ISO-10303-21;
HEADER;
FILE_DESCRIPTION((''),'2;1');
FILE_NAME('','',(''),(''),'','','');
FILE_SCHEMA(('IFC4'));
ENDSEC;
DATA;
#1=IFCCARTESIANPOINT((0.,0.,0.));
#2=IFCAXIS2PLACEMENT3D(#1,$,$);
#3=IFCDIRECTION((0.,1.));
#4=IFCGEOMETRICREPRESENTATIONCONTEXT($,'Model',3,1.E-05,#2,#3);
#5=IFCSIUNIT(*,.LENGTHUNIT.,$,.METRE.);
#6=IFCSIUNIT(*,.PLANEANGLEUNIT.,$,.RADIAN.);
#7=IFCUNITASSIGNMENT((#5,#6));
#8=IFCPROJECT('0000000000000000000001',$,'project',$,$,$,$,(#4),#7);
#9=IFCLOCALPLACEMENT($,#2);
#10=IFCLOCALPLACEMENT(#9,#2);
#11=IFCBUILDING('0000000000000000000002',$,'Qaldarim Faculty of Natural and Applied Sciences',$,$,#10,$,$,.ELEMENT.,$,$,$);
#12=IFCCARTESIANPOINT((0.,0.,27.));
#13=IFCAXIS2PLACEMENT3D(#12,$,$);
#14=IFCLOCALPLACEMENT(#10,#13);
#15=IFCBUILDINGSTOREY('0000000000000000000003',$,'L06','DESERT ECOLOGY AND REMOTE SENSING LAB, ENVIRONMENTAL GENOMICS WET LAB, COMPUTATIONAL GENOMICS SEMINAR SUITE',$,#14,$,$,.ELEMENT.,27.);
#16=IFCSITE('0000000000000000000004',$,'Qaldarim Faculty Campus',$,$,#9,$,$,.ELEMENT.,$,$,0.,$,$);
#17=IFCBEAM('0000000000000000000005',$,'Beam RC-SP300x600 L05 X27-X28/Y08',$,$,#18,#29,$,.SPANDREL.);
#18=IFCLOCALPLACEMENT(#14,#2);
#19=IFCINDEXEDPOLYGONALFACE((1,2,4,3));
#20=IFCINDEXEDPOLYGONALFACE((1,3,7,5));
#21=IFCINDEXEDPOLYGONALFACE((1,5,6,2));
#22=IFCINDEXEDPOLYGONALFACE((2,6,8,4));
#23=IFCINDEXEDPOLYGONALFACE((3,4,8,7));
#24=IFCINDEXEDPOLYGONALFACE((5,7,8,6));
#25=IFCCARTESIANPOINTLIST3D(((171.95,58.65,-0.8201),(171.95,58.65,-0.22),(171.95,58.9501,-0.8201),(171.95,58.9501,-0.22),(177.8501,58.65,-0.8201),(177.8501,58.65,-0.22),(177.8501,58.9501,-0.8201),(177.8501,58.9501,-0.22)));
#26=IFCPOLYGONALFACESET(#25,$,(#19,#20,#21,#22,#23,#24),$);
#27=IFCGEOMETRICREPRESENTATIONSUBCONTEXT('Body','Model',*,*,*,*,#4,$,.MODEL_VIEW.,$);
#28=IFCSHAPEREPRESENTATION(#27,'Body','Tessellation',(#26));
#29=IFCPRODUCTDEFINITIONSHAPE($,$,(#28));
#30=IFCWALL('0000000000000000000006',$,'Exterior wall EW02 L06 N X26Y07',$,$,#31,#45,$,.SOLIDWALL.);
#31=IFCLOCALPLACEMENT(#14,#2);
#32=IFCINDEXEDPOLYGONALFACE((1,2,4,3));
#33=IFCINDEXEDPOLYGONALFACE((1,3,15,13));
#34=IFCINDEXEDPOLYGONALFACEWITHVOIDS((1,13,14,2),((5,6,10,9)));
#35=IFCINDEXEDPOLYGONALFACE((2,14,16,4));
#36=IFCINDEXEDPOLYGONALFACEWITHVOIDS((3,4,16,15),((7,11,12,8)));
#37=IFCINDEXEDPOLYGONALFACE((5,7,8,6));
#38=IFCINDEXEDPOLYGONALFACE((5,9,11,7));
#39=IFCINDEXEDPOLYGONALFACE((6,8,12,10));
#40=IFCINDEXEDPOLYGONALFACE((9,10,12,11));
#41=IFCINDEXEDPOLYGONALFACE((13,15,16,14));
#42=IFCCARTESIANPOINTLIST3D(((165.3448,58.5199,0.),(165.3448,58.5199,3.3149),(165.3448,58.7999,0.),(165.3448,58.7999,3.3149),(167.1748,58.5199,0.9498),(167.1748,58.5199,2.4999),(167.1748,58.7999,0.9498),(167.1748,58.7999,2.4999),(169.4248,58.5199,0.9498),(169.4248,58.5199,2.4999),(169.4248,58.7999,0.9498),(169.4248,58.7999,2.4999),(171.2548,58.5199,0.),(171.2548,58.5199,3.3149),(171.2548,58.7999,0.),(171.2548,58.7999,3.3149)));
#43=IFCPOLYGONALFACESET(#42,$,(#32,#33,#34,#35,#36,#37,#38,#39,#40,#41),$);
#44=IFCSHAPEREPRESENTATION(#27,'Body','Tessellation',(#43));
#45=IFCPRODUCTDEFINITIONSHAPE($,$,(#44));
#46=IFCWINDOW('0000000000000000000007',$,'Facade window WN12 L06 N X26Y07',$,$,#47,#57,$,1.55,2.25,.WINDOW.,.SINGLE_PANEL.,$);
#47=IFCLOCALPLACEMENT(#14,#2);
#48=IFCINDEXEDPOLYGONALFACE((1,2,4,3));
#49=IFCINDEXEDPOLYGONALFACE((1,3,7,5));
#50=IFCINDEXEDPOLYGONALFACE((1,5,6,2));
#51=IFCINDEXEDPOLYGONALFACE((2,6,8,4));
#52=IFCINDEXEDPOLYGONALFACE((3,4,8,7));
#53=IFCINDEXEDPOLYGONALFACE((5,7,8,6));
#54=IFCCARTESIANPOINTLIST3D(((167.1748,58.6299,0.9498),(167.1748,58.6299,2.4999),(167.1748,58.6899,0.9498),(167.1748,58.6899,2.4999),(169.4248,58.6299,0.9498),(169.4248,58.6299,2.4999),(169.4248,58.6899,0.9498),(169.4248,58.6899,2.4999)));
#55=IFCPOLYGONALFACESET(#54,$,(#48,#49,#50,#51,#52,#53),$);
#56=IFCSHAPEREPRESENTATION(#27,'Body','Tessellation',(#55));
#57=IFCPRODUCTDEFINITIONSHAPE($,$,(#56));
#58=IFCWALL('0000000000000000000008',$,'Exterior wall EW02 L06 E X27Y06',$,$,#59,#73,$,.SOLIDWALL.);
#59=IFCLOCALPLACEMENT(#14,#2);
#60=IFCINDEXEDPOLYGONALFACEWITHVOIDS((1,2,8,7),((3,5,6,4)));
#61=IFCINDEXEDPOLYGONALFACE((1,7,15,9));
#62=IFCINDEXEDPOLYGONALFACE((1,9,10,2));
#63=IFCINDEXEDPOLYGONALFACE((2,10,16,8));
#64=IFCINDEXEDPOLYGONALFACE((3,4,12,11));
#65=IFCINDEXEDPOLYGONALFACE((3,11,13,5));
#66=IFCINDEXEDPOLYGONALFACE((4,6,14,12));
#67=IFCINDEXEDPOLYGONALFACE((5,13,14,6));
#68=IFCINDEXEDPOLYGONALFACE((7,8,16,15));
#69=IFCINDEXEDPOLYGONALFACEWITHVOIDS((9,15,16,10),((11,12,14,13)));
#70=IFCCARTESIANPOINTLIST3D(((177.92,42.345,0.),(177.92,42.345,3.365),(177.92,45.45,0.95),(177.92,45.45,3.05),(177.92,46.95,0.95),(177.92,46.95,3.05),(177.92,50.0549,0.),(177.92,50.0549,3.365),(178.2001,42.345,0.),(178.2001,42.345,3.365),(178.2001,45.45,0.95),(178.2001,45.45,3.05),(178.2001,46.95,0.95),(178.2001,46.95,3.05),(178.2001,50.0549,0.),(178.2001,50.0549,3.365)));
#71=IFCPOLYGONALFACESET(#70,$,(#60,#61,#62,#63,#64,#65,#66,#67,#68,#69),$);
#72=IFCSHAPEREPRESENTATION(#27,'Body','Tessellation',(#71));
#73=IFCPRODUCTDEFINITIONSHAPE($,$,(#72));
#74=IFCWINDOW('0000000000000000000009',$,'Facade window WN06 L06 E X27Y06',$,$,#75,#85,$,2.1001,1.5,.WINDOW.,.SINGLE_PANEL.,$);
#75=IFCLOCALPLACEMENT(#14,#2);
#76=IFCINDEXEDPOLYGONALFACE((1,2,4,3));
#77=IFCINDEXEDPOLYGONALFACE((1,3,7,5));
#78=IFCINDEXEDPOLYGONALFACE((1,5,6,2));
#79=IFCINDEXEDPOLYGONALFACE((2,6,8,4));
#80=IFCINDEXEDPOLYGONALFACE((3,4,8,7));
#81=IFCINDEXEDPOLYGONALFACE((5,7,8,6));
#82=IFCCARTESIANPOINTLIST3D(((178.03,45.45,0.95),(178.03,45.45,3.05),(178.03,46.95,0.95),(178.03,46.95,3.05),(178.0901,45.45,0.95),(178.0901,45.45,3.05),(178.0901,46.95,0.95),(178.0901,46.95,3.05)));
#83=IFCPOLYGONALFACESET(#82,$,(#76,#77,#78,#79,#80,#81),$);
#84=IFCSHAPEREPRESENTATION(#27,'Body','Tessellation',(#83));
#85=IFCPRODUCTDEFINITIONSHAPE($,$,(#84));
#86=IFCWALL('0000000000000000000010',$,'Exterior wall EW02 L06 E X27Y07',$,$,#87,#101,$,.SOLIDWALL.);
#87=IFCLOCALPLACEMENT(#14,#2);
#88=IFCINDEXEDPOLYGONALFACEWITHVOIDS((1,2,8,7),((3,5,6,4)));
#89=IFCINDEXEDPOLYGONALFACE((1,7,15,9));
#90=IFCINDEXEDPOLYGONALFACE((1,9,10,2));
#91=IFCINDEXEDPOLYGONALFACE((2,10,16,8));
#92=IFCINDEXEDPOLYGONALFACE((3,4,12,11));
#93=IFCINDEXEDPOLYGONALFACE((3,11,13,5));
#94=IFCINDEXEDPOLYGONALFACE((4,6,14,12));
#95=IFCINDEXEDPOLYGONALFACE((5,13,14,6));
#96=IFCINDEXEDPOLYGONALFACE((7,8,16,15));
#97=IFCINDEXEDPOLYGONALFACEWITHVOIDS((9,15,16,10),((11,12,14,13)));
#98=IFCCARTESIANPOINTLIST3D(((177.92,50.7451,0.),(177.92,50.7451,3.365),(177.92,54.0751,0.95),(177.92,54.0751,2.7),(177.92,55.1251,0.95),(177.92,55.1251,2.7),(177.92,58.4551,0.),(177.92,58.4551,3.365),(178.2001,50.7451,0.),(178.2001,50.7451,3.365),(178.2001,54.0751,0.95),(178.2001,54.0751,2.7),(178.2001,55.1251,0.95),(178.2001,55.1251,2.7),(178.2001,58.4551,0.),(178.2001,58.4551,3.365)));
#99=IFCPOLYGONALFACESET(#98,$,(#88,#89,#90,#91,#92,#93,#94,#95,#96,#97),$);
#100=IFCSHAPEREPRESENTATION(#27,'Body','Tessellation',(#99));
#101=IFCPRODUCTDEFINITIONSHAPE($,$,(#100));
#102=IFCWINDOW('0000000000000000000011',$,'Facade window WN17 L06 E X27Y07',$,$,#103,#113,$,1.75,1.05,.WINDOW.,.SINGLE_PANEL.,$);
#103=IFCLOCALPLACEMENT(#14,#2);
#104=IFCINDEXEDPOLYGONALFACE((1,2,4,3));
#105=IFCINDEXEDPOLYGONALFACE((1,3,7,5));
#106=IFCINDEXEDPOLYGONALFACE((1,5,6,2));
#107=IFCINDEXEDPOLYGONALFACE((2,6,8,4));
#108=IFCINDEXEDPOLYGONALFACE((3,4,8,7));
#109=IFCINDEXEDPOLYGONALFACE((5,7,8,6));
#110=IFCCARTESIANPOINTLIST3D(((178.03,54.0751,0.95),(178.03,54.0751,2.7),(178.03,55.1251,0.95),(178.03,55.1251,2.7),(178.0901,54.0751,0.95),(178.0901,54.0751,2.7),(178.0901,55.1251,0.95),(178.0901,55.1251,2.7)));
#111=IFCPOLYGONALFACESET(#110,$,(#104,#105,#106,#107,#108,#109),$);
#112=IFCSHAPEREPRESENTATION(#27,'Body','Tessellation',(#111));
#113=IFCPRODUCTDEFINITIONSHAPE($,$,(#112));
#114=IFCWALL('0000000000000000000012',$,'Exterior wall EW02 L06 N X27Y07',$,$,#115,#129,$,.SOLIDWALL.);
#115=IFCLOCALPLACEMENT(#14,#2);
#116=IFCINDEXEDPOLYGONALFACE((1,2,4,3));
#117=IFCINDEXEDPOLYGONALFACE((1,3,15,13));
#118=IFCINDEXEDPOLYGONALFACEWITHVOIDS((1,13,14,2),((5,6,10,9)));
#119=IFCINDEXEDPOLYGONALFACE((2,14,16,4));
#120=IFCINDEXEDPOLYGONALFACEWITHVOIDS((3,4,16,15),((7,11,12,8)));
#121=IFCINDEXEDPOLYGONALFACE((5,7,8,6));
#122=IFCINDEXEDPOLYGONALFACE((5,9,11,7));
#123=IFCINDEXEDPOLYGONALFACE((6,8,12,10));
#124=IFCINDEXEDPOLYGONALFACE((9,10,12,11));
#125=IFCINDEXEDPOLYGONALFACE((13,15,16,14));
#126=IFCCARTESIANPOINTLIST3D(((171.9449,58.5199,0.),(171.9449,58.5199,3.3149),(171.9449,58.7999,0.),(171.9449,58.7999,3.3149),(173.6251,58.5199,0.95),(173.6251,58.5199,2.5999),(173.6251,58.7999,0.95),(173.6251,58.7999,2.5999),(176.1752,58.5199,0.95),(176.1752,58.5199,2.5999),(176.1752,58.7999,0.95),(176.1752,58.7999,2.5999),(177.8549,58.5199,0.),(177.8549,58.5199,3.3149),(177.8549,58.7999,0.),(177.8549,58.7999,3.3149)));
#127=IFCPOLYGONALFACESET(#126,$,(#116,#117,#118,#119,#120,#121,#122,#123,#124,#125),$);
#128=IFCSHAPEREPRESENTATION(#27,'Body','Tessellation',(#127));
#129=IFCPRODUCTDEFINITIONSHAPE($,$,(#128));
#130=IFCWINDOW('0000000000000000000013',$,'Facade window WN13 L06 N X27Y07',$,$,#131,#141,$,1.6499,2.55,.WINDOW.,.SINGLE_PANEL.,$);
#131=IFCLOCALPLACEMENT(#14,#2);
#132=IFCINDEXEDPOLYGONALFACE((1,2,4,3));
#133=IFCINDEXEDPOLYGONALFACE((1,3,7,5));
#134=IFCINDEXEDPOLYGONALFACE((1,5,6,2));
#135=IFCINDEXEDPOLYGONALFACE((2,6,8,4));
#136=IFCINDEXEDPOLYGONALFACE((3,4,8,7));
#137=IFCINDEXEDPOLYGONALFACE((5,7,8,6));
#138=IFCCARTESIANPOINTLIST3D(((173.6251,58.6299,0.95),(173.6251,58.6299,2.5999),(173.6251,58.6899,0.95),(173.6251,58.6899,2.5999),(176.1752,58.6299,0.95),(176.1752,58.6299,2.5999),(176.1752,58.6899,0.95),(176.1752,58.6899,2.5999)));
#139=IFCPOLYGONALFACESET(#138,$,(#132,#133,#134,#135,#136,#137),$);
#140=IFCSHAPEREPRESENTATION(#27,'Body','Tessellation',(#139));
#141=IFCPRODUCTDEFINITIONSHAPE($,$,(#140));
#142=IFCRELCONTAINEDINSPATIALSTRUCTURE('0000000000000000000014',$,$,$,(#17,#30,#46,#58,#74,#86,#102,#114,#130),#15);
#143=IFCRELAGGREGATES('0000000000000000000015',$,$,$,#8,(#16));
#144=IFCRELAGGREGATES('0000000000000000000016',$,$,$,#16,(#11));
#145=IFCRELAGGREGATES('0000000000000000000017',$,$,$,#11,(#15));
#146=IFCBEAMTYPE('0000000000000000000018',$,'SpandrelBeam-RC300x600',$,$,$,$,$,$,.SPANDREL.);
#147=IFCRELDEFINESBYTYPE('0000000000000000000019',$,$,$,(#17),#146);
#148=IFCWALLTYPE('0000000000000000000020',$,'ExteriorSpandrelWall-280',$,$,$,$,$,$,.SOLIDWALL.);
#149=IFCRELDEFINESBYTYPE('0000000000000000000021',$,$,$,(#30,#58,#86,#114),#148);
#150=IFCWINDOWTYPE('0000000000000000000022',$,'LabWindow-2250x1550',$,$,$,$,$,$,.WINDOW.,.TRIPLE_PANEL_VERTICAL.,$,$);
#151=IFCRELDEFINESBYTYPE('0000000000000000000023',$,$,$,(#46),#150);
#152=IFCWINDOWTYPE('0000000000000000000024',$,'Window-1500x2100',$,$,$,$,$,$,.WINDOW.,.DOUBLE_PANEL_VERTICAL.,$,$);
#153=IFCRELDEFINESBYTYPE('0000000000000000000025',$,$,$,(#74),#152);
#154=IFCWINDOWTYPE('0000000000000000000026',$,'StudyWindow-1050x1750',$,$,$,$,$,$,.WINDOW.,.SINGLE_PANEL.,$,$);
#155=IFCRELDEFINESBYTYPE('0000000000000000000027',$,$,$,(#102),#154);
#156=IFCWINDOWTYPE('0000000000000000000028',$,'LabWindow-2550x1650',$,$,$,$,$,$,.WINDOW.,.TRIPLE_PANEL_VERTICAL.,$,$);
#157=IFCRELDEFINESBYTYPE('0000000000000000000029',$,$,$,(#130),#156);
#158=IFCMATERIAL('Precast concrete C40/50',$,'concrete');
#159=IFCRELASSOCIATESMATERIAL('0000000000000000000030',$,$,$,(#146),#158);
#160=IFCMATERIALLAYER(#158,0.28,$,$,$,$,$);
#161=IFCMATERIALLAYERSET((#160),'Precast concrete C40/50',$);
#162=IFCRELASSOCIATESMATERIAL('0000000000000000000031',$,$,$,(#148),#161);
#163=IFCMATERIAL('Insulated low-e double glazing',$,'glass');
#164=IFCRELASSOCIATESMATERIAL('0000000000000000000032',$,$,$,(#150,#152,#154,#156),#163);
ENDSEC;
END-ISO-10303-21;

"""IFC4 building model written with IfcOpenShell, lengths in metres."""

from ifc_helpers import new_model, si_unit, direction, frame, frame_2d, origin, origin_2d, place, context, subcontext, project, spatial, rectangle, extrude, material, layer, layer_set, material_profile, profile_set, type_object, element, fill, save


model = new_model("IFC4")

# Units and contexts
model_context = context("Model", 3, precision=1e-05, world=origin(), true_north=direction((0.0, 1.0)))
body_context = subcontext(model_context, "Body", "Model", "MODEL_VIEW")
ifc_project = project(units=[si_unit("LENGTHUNIT", "METRE"), si_unit("PLANEANGLEUNIT", "RADIAN")], contexts=[model_context])

# Site, building, storey
site_placement = place(None, origin())
site = spatial("IfcSite", under=ifc_project, at=site_placement, Name="Qaldarim Faculty Campus", CompositionType="ELEMENT", RefElevation=0.0)
building_placement = place(site_placement, origin())
building = spatial("IfcBuilding", under=site, at=building_placement, Name="Qaldarim Faculty of Natural and Applied Sciences", CompositionType="ELEMENT")
storey_placement = place(building_placement, frame((0.0, 0.0, 27.0)))
storey = spatial("IfcBuildingStorey", under=building, at=storey_placement, Name="L06", Description="DESERT ECOLOGY AND REMOTE SENSING LAB, ENVIRONMENTAL GENOMICS WET LAB, COMPUTATIONAL GENOMICS SEMINAR SUITE", CompositionType="ELEMENT", Elevation=27.0)

# Beam
ifc_material_1 = material(Name="Precast concrete C40/50", Category="concrete")
ifc_material_profile_1 = material_profile(ifc_material_1, rectangle(XDim=0.3, YDim=0.6001, at=origin_2d()), Name="RC-SP300x600")
ifc_profile_set_1 = profile_set([ifc_material_profile_1], Name="Precast concrete C40/50")
beam_type_1 = type_object("IfcBeamType", Name="SpandrelBeam-RC300x600", PredefinedType="SPANDREL", material=ifc_profile_set_1)
beam_1_placement = place(storey_placement, frame((171.95, 58.8, -0.52), z_axis=(1.0, 0.0, 0.0), x_axis=(0.0, 1.0, 0.0)))
element("IfcBeam", 1, at=beam_1_placement, inside=storey, type_object=beam_type_1, Name="Beam RC-SP300x600 L05 X27-X28/Y08", PredefinedType="SPANDREL", context=body_context, shape_type="SweptSolid", body=[
    extrude(rectangle(XDim=0.3, YDim=0.6001, at=origin_2d()), origin(), (0.0, 0.0, 1.0), 5.9001),
])

# Walls, openings, windows
ifc_layer = layer(ifc_material_1, 0.28)
ifc_layer_set = layer_set([ifc_layer], Name="Precast concrete C40/50")
wall_type = type_object("IfcWallType", Name="ExteriorSpandrelWall-280", PredefinedType="SOLIDWALL", material=ifc_layer_set)
wall_1_placement = place(storey_placement, frame((171.2549, 58.6599, 0.0), z_axis=(0.0, 0.0, 1.0), x_axis=(-1.0, 0.0, 0.0)))
wall_1 = element("IfcWall", 2, at=wall_1_placement, inside=storey, type_object=wall_type, Name="Exterior wall EW02 L06 N X26Y07", PredefinedType="SOLIDWALL", context=body_context, shape_type="SweptSolid", body=[
    extrude(rectangle(XDim=5.9099, YDim=0.28, at=frame_2d((2.9551, 0.0))), origin(), (0.0, 0.0, 1.0), 3.3149),
])
opening_1_placement = place(wall_1_placement, frame((1.8301, 0.0, 0.95)))
opening_1 = element("IfcOpeningElement", 3, at=opening_1_placement, cuts=wall_1, PredefinedType="OPENING", context=body_context, shape_type="SweptSolid", body=[
    extrude(rectangle(XDim=2.25, YDim=1.55, at=frame_2d((1.125, 0.7749))), frame((0.0, 0.1499, 0.0), z_axis=(0.0, -1.0, 0.0), x_axis=(1.0, 0.0, 0.0)), (0.0, 0.0, 1.0), 0.3),
])
ifc_material_2 = material(Name="Insulated low-e double glazing", Category="glass")
window_type_1 = type_object("IfcWindowType", Name="LabWindow-2250x1550", PartitioningType="TRIPLE_PANEL_VERTICAL", PredefinedType="WINDOW", material=ifc_material_2)
window_1_placement = place(opening_1_placement, origin())
window_1 = element("IfcWindow", 4, at=window_1_placement, inside=storey, type_object=window_type_1, Name="Facade window WN12 L06 N X26Y07", OverallHeight=1.55, OverallWidth=2.25, PartitioningType="SINGLE_PANEL", PredefinedType="WINDOW", context=body_context, shape_type="SweptSolid", body=[
    extrude(rectangle(XDim=2.25, YDim=1.55, at=frame_2d((1.125, 0.7749))), frame((0.0, 0.03, 0.0), z_axis=(0.0, -1.0, 0.0), x_axis=(1.0, 0.0, 0.0)), (0.0, 0.0, 1.0), 0.0601),
])
fill(opening_1, window_1)
wall_2_placement = place(storey_placement, frame((178.0601, 42.345, 0.0), z_axis=(0.0, 0.0, 1.0), x_axis=(0.0, 1.0, 0.0)))
wall_2 = element("IfcWall", 5, at=wall_2_placement, inside=storey, type_object=wall_type, Name="Exterior wall EW02 L06 E X27Y06", PredefinedType="SOLIDWALL", context=body_context, shape_type="SweptSolid", body=[
    extrude(rectangle(XDim=7.71, YDim=0.28, at=frame_2d((3.855, 0.0))), origin(), (0.0, 0.0, 1.0), 3.365),
])
opening_2_placement = place(wall_2_placement, frame((3.105, 0.0, 0.95)))
opening_2 = element("IfcOpeningElement", 6, at=opening_2_placement, cuts=wall_2, PredefinedType="OPENING", context=body_context, shape_type="SweptSolid", body=[
    extrude(rectangle(XDim=1.5, YDim=2.1001, at=frame_2d((0.75, 1.05))), frame((0.0, 0.1499, 0.0), z_axis=(0.0, -1.0, 0.0), x_axis=(1.0, 0.0, 0.0)), (0.0, 0.0, 1.0), 0.3),
])
window_type_2 = type_object("IfcWindowType", Name="Window-1500x2100", PartitioningType="DOUBLE_PANEL_VERTICAL", PredefinedType="WINDOW", material=ifc_material_2)
window_2_placement = place(opening_2_placement, origin())
window_2 = element("IfcWindow", 7, at=window_2_placement, inside=storey, type_object=window_type_2, Name="Facade window WN06 L06 E X27Y06", OverallHeight=2.1001, OverallWidth=1.5, PartitioningType="SINGLE_PANEL", PredefinedType="WINDOW", context=body_context, shape_type="SweptSolid", body=[
    extrude(rectangle(XDim=1.5, YDim=2.1001, at=frame_2d((0.75, 1.05))), frame((0.0, 0.03, 0.0), z_axis=(0.0, -1.0, 0.0), x_axis=(1.0, 0.0, 0.0)), (0.0, 0.0, 1.0), 0.0601),
])
fill(opening_2, window_2)
wall_3_placement = place(storey_placement, frame((178.0601, 50.7451, 0.0), z_axis=(0.0, 0.0, 1.0), x_axis=(0.0, 1.0, 0.0)))
wall_3 = element("IfcWall", 8, at=wall_3_placement, inside=storey, type_object=wall_type, Name="Exterior wall EW02 L06 E X27Y07", PredefinedType="SOLIDWALL", context=body_context, shape_type="SweptSolid", body=[
    extrude(rectangle(XDim=7.71, YDim=0.28, at=frame_2d((3.855, 0.0))), origin(), (0.0, 0.0, 1.0), 3.365),
])
opening_3_placement = place(wall_3_placement, frame((3.3301, 0.0, 0.95)))
opening_3 = element("IfcOpeningElement", 9, at=opening_3_placement, cuts=wall_3, PredefinedType="OPENING", context=body_context, shape_type="SweptSolid", body=[
    extrude(rectangle(XDim=1.05, YDim=1.75, at=frame_2d((0.5249, 0.875))), frame((0.0, 0.1499, 0.0), z_axis=(0.0, -1.0, 0.0), x_axis=(1.0, 0.0, 0.0)), (0.0, 0.0, 1.0), 0.3),
])
window_type_3 = type_object("IfcWindowType", Name="StudyWindow-1050x1750", PartitioningType="SINGLE_PANEL", PredefinedType="WINDOW", material=ifc_material_2)
window_3_placement = place(opening_3_placement, origin())
window_3 = element("IfcWindow", 10, at=window_3_placement, inside=storey, type_object=window_type_3, Name="Facade window WN17 L06 E X27Y07", OverallHeight=1.75, OverallWidth=1.05, PartitioningType="SINGLE_PANEL", PredefinedType="WINDOW", context=body_context, shape_type="SweptSolid", body=[
    extrude(rectangle(XDim=1.05, YDim=1.75, at=frame_2d((0.5249, 0.875))), frame((0.0, 0.03, 0.0), z_axis=(0.0, -1.0, 0.0), x_axis=(1.0, 0.0, 0.0)), (0.0, 0.0, 1.0), 0.0601),
])
fill(opening_3, window_3)
wall_4_placement = place(storey_placement, frame((177.855, 58.6599, 0.0), z_axis=(0.0, 0.0, 1.0), x_axis=(-1.0, 0.0, 0.0)))
wall_4 = element("IfcWall", 11, at=wall_4_placement, inside=storey, type_object=wall_type, Name="Exterior wall EW02 L06 N X27Y07", PredefinedType="SOLIDWALL", context=body_context, shape_type="SweptSolid", body=[
    extrude(rectangle(XDim=5.9099, YDim=0.28, at=frame_2d((2.9551, 0.0))), origin(), (0.0, 0.0, 1.0), 3.3149),
])
opening_4_placement = place(wall_4_placement, frame((1.6799, 0.0, 0.95)))
opening_4 = element("IfcOpeningElement", 12, at=opening_4_placement, cuts=wall_4, PredefinedType="OPENING", context=body_context, shape_type="SweptSolid", body=[
    extrude(rectangle(XDim=2.55, YDim=1.6499, at=frame_2d((1.2749, 0.825))), frame((0.0, 0.1499, 0.0), z_axis=(0.0, -1.0, 0.0), x_axis=(1.0, 0.0, 0.0)), (0.0, 0.0, 1.0), 0.3),
])
window_type_4 = type_object("IfcWindowType", Name="LabWindow-2550x1650", PartitioningType="TRIPLE_PANEL_VERTICAL", PredefinedType="WINDOW", material=ifc_material_2)
window_4_placement = place(opening_4_placement, origin())
window_4 = element("IfcWindow", 13, at=window_4_placement, inside=storey, type_object=window_type_4, Name="Facade window WN13 L06 N X27Y07", OverallHeight=1.6499, OverallWidth=2.55, PartitioningType="SINGLE_PANEL", PredefinedType="WINDOW", context=body_context, shape_type="SweptSolid", body=[
    extrude(rectangle(XDim=2.55, YDim=1.6499, at=frame_2d((1.2749, 0.825))), frame((0.0, 0.03, 0.0), z_axis=(0.0, -1.0, 0.0), x_axis=(1.0, 0.0, 0.0)), (0.0, 0.0, 1.0), 0.0601),
])
fill(opening_4, window_4)

save(model, "model.ifc")
